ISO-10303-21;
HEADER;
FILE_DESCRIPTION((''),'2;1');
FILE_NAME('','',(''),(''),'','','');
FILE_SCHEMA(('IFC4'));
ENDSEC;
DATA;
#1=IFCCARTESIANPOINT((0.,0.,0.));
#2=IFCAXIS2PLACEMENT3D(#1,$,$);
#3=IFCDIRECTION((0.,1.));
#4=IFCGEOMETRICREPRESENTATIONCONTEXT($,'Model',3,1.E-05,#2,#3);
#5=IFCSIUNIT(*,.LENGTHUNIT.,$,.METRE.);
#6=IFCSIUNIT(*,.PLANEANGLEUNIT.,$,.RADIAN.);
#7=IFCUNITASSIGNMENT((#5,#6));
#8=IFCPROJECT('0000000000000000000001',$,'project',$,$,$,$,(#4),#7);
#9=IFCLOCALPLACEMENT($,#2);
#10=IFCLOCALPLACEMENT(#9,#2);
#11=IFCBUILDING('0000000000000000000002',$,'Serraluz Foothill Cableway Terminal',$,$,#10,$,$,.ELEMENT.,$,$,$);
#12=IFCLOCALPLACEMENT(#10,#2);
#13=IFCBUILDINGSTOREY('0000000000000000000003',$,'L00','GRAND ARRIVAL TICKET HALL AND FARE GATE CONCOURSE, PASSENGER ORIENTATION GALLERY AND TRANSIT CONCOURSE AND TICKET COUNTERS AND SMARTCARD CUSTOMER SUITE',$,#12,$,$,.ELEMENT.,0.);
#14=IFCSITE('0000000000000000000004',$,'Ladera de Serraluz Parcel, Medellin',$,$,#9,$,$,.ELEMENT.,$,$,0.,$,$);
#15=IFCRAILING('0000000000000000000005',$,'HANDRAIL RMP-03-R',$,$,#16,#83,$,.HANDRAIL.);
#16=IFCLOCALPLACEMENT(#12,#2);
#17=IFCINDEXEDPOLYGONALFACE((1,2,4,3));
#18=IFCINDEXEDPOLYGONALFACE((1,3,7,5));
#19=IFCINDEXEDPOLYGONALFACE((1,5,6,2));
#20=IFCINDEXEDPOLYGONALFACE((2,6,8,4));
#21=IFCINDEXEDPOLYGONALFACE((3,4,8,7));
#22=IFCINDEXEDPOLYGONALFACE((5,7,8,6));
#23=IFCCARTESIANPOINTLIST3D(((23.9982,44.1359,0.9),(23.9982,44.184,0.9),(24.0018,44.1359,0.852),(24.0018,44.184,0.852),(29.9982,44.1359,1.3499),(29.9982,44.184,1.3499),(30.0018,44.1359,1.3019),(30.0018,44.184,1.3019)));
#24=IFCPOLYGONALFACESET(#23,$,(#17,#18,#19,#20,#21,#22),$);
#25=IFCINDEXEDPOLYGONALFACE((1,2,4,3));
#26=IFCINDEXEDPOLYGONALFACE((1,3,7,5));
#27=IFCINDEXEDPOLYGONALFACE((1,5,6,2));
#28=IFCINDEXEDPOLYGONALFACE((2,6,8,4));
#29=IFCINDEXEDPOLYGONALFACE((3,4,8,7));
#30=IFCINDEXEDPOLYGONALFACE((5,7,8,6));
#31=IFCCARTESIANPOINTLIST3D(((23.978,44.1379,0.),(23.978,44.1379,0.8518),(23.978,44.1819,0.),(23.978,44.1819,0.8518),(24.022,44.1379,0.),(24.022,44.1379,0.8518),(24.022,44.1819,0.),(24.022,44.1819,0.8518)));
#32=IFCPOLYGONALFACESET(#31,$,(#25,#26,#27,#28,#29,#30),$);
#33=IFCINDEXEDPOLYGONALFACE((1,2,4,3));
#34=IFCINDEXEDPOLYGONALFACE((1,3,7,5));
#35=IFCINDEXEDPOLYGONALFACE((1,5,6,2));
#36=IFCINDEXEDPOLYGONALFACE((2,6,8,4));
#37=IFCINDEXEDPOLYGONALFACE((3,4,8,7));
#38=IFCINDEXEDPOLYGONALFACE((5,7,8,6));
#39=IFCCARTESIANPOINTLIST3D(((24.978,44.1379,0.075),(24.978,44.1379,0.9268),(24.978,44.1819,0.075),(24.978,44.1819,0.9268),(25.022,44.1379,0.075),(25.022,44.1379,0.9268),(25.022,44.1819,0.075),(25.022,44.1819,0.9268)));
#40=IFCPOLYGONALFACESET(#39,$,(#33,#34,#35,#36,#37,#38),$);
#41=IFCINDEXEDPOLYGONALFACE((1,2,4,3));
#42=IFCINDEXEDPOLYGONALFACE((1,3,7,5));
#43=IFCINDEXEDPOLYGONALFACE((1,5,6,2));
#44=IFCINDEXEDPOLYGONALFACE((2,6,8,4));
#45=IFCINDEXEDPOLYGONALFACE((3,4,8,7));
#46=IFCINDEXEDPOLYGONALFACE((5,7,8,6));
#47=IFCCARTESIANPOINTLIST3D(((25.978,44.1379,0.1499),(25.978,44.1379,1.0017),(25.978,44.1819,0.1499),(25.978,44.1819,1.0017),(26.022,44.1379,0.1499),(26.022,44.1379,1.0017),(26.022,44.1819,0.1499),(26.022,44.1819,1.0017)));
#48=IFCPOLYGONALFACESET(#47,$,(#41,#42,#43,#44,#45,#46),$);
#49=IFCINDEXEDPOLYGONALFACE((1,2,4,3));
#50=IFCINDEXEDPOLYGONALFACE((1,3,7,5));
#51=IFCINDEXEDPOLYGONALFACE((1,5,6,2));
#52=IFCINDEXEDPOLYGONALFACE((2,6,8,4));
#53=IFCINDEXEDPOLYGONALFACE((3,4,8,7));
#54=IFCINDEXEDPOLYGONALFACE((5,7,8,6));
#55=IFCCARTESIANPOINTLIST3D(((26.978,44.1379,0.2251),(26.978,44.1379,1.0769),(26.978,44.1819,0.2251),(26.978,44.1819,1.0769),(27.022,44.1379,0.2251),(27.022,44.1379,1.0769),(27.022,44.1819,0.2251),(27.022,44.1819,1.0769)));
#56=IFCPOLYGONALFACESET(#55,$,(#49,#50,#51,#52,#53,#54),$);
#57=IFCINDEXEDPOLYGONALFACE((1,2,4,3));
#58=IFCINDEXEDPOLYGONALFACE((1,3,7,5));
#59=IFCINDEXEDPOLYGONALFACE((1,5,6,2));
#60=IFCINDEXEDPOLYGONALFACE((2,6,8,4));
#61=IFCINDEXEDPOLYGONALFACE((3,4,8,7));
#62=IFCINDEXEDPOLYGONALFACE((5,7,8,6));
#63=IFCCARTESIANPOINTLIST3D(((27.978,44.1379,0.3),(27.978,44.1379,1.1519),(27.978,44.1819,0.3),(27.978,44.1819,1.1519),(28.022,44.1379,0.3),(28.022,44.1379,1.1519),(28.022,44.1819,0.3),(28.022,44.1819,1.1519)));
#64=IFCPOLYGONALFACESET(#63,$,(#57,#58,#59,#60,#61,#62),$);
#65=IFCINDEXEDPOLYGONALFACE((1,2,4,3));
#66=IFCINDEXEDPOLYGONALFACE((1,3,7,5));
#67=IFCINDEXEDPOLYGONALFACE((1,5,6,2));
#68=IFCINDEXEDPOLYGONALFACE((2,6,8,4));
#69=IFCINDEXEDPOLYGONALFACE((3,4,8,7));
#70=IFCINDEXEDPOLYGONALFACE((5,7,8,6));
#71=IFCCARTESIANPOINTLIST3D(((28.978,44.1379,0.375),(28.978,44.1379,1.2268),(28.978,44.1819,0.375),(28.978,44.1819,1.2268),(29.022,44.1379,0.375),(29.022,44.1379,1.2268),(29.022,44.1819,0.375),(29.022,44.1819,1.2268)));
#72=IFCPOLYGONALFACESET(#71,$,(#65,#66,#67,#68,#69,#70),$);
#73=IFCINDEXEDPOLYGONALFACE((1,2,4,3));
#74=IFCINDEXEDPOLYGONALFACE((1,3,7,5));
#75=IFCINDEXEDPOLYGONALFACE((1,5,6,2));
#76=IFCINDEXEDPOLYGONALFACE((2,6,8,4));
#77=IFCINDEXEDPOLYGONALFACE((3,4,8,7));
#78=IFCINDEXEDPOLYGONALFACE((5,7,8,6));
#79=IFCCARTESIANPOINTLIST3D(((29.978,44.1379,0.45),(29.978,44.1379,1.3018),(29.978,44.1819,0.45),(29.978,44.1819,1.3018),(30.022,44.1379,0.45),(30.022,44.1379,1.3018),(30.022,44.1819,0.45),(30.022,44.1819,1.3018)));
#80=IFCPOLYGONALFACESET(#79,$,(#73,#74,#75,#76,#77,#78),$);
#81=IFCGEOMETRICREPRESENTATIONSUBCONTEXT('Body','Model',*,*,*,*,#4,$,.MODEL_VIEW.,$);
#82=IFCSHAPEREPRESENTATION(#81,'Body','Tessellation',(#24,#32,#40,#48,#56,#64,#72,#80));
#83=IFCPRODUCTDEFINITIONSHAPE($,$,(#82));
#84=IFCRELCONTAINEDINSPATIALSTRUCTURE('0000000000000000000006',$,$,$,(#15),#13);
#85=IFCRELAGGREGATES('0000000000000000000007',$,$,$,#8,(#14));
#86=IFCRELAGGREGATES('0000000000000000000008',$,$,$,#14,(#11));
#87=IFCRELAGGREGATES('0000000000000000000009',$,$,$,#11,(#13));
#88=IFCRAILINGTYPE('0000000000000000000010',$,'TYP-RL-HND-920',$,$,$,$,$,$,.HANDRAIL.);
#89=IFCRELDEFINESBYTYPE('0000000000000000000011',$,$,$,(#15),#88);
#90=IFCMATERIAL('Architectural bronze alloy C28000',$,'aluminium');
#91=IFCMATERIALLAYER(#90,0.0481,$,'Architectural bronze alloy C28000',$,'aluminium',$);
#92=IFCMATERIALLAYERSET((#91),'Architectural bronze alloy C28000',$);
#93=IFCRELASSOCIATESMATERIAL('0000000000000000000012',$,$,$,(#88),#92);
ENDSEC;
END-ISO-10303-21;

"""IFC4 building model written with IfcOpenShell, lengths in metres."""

from ifc_helpers import new_model, si_unit, direction, frame, origin, origin_2d, place, context, subcontext, project, spatial, rectangle, extrude, material, layer, layer_set, type_object, element, save


model = new_model("IFC4")

# Units and contexts
model_context = context("Model", 3, precision=1e-05, world=origin(), true_north=direction((0.0, 1.0)))
body_context = subcontext(model_context, "Body", "Model", "MODEL_VIEW")
ifc_project = project(units=[si_unit("LENGTHUNIT", "METRE"), si_unit("PLANEANGLEUNIT", "RADIAN")], contexts=[model_context])

# Site, building, storey
site_placement = place(None, origin())
site = spatial("IfcSite", under=ifc_project, at=site_placement, Name="Ladera de Serraluz Parcel, Medellin", CompositionType="ELEMENT", RefElevation=0.0)
building_placement = place(site_placement, origin())
building = spatial("IfcBuilding", under=site, at=building_placement, Name="Serraluz Foothill Cableway Terminal", CompositionType="ELEMENT")
storey_placement = place(building_placement, origin())
storey = spatial("IfcBuildingStorey", under=building, at=storey_placement, Name="L00", Description="GRAND ARRIVAL TICKET HALL AND FARE GATE CONCOURSE, PASSENGER ORIENTATION GALLERY AND TRANSIT CONCOURSE AND TICKET COUNTERS AND SMARTCARD CUSTOMER SUITE", CompositionType="ELEMENT", Elevation=0.0)

# Shared definitions
ifc_material_1 = material(Name="Architectural bronze alloy C28000", Category="aluminium")

# Railing
ifc_layer_1 = layer(ifc_material_1, 0.0481, Name="Architectural bronze alloy C28000", Category="aluminium")
ifc_layer_set_1 = layer_set([ifc_layer_1], Name="Architectural bronze alloy C28000")
railing_type = type_object("IfcRailingType", Name="TYP-RL-HND-920", PredefinedType="HANDRAIL", material=ifc_layer_set_1)
for number, where, name in (
    (1, (24.0, 44.1599, 0.0), "HANDRAIL RMP-03-R"),
):
    element("IfcRailing", number, at=place(storey_placement, frame(where)), inside=storey, type_object=railing_type, Name=name, PredefinedType="HANDRAIL", context=body_context, shape_type="SweptSolid", body=[
        extrude(rectangle(XDim=0.0481, YDim=0.0481, at=origin_2d()), frame((0.0, 0.0, 0.876), z_axis=(0.9972, 0.0, 0.074782), x_axis=(0.0, 1.0, 0.0)), (0.0, 0.0, 1.0), 6.0168),
        extrude(rectangle(XDim=0.0439, YDim=0.0439, at=origin_2d()), origin(), (0.0, 0.0, 1.0), 0.8518),
        extrude(rectangle(XDim=0.0439, YDim=0.0439, at=origin_2d()), frame((1.0, 0.0, 0.075)), (0.0, 0.0, 1.0), 0.8518),
        extrude(rectangle(XDim=0.0439, YDim=0.0439, at=origin_2d()), frame((2.0, 0.0, 0.1499)), (0.0, 0.0, 1.0), 0.8518),
        extrude(rectangle(XDim=0.0439, YDim=0.0439, at=origin_2d()), frame((3.0, 0.0, 0.2251)), (0.0, 0.0, 1.0), 0.8518),
        extrude(rectangle(XDim=0.0439, YDim=0.0439, at=origin_2d()), frame((4.0, 0.0, 0.3)), (0.0, 0.0, 1.0), 0.8518),
        extrude(rectangle(XDim=0.0439, YDim=0.0439, at=origin_2d()), frame((5.0, 0.0, 0.375)), (0.0, 0.0, 1.0), 0.8518),
        extrude(rectangle(XDim=0.0439, YDim=0.0439, at=origin_2d()), frame((6.0, 0.0, 0.45)), (0.0, 0.0, 1.0), 0.8518),
    ])

save(model, "model.ifc")
